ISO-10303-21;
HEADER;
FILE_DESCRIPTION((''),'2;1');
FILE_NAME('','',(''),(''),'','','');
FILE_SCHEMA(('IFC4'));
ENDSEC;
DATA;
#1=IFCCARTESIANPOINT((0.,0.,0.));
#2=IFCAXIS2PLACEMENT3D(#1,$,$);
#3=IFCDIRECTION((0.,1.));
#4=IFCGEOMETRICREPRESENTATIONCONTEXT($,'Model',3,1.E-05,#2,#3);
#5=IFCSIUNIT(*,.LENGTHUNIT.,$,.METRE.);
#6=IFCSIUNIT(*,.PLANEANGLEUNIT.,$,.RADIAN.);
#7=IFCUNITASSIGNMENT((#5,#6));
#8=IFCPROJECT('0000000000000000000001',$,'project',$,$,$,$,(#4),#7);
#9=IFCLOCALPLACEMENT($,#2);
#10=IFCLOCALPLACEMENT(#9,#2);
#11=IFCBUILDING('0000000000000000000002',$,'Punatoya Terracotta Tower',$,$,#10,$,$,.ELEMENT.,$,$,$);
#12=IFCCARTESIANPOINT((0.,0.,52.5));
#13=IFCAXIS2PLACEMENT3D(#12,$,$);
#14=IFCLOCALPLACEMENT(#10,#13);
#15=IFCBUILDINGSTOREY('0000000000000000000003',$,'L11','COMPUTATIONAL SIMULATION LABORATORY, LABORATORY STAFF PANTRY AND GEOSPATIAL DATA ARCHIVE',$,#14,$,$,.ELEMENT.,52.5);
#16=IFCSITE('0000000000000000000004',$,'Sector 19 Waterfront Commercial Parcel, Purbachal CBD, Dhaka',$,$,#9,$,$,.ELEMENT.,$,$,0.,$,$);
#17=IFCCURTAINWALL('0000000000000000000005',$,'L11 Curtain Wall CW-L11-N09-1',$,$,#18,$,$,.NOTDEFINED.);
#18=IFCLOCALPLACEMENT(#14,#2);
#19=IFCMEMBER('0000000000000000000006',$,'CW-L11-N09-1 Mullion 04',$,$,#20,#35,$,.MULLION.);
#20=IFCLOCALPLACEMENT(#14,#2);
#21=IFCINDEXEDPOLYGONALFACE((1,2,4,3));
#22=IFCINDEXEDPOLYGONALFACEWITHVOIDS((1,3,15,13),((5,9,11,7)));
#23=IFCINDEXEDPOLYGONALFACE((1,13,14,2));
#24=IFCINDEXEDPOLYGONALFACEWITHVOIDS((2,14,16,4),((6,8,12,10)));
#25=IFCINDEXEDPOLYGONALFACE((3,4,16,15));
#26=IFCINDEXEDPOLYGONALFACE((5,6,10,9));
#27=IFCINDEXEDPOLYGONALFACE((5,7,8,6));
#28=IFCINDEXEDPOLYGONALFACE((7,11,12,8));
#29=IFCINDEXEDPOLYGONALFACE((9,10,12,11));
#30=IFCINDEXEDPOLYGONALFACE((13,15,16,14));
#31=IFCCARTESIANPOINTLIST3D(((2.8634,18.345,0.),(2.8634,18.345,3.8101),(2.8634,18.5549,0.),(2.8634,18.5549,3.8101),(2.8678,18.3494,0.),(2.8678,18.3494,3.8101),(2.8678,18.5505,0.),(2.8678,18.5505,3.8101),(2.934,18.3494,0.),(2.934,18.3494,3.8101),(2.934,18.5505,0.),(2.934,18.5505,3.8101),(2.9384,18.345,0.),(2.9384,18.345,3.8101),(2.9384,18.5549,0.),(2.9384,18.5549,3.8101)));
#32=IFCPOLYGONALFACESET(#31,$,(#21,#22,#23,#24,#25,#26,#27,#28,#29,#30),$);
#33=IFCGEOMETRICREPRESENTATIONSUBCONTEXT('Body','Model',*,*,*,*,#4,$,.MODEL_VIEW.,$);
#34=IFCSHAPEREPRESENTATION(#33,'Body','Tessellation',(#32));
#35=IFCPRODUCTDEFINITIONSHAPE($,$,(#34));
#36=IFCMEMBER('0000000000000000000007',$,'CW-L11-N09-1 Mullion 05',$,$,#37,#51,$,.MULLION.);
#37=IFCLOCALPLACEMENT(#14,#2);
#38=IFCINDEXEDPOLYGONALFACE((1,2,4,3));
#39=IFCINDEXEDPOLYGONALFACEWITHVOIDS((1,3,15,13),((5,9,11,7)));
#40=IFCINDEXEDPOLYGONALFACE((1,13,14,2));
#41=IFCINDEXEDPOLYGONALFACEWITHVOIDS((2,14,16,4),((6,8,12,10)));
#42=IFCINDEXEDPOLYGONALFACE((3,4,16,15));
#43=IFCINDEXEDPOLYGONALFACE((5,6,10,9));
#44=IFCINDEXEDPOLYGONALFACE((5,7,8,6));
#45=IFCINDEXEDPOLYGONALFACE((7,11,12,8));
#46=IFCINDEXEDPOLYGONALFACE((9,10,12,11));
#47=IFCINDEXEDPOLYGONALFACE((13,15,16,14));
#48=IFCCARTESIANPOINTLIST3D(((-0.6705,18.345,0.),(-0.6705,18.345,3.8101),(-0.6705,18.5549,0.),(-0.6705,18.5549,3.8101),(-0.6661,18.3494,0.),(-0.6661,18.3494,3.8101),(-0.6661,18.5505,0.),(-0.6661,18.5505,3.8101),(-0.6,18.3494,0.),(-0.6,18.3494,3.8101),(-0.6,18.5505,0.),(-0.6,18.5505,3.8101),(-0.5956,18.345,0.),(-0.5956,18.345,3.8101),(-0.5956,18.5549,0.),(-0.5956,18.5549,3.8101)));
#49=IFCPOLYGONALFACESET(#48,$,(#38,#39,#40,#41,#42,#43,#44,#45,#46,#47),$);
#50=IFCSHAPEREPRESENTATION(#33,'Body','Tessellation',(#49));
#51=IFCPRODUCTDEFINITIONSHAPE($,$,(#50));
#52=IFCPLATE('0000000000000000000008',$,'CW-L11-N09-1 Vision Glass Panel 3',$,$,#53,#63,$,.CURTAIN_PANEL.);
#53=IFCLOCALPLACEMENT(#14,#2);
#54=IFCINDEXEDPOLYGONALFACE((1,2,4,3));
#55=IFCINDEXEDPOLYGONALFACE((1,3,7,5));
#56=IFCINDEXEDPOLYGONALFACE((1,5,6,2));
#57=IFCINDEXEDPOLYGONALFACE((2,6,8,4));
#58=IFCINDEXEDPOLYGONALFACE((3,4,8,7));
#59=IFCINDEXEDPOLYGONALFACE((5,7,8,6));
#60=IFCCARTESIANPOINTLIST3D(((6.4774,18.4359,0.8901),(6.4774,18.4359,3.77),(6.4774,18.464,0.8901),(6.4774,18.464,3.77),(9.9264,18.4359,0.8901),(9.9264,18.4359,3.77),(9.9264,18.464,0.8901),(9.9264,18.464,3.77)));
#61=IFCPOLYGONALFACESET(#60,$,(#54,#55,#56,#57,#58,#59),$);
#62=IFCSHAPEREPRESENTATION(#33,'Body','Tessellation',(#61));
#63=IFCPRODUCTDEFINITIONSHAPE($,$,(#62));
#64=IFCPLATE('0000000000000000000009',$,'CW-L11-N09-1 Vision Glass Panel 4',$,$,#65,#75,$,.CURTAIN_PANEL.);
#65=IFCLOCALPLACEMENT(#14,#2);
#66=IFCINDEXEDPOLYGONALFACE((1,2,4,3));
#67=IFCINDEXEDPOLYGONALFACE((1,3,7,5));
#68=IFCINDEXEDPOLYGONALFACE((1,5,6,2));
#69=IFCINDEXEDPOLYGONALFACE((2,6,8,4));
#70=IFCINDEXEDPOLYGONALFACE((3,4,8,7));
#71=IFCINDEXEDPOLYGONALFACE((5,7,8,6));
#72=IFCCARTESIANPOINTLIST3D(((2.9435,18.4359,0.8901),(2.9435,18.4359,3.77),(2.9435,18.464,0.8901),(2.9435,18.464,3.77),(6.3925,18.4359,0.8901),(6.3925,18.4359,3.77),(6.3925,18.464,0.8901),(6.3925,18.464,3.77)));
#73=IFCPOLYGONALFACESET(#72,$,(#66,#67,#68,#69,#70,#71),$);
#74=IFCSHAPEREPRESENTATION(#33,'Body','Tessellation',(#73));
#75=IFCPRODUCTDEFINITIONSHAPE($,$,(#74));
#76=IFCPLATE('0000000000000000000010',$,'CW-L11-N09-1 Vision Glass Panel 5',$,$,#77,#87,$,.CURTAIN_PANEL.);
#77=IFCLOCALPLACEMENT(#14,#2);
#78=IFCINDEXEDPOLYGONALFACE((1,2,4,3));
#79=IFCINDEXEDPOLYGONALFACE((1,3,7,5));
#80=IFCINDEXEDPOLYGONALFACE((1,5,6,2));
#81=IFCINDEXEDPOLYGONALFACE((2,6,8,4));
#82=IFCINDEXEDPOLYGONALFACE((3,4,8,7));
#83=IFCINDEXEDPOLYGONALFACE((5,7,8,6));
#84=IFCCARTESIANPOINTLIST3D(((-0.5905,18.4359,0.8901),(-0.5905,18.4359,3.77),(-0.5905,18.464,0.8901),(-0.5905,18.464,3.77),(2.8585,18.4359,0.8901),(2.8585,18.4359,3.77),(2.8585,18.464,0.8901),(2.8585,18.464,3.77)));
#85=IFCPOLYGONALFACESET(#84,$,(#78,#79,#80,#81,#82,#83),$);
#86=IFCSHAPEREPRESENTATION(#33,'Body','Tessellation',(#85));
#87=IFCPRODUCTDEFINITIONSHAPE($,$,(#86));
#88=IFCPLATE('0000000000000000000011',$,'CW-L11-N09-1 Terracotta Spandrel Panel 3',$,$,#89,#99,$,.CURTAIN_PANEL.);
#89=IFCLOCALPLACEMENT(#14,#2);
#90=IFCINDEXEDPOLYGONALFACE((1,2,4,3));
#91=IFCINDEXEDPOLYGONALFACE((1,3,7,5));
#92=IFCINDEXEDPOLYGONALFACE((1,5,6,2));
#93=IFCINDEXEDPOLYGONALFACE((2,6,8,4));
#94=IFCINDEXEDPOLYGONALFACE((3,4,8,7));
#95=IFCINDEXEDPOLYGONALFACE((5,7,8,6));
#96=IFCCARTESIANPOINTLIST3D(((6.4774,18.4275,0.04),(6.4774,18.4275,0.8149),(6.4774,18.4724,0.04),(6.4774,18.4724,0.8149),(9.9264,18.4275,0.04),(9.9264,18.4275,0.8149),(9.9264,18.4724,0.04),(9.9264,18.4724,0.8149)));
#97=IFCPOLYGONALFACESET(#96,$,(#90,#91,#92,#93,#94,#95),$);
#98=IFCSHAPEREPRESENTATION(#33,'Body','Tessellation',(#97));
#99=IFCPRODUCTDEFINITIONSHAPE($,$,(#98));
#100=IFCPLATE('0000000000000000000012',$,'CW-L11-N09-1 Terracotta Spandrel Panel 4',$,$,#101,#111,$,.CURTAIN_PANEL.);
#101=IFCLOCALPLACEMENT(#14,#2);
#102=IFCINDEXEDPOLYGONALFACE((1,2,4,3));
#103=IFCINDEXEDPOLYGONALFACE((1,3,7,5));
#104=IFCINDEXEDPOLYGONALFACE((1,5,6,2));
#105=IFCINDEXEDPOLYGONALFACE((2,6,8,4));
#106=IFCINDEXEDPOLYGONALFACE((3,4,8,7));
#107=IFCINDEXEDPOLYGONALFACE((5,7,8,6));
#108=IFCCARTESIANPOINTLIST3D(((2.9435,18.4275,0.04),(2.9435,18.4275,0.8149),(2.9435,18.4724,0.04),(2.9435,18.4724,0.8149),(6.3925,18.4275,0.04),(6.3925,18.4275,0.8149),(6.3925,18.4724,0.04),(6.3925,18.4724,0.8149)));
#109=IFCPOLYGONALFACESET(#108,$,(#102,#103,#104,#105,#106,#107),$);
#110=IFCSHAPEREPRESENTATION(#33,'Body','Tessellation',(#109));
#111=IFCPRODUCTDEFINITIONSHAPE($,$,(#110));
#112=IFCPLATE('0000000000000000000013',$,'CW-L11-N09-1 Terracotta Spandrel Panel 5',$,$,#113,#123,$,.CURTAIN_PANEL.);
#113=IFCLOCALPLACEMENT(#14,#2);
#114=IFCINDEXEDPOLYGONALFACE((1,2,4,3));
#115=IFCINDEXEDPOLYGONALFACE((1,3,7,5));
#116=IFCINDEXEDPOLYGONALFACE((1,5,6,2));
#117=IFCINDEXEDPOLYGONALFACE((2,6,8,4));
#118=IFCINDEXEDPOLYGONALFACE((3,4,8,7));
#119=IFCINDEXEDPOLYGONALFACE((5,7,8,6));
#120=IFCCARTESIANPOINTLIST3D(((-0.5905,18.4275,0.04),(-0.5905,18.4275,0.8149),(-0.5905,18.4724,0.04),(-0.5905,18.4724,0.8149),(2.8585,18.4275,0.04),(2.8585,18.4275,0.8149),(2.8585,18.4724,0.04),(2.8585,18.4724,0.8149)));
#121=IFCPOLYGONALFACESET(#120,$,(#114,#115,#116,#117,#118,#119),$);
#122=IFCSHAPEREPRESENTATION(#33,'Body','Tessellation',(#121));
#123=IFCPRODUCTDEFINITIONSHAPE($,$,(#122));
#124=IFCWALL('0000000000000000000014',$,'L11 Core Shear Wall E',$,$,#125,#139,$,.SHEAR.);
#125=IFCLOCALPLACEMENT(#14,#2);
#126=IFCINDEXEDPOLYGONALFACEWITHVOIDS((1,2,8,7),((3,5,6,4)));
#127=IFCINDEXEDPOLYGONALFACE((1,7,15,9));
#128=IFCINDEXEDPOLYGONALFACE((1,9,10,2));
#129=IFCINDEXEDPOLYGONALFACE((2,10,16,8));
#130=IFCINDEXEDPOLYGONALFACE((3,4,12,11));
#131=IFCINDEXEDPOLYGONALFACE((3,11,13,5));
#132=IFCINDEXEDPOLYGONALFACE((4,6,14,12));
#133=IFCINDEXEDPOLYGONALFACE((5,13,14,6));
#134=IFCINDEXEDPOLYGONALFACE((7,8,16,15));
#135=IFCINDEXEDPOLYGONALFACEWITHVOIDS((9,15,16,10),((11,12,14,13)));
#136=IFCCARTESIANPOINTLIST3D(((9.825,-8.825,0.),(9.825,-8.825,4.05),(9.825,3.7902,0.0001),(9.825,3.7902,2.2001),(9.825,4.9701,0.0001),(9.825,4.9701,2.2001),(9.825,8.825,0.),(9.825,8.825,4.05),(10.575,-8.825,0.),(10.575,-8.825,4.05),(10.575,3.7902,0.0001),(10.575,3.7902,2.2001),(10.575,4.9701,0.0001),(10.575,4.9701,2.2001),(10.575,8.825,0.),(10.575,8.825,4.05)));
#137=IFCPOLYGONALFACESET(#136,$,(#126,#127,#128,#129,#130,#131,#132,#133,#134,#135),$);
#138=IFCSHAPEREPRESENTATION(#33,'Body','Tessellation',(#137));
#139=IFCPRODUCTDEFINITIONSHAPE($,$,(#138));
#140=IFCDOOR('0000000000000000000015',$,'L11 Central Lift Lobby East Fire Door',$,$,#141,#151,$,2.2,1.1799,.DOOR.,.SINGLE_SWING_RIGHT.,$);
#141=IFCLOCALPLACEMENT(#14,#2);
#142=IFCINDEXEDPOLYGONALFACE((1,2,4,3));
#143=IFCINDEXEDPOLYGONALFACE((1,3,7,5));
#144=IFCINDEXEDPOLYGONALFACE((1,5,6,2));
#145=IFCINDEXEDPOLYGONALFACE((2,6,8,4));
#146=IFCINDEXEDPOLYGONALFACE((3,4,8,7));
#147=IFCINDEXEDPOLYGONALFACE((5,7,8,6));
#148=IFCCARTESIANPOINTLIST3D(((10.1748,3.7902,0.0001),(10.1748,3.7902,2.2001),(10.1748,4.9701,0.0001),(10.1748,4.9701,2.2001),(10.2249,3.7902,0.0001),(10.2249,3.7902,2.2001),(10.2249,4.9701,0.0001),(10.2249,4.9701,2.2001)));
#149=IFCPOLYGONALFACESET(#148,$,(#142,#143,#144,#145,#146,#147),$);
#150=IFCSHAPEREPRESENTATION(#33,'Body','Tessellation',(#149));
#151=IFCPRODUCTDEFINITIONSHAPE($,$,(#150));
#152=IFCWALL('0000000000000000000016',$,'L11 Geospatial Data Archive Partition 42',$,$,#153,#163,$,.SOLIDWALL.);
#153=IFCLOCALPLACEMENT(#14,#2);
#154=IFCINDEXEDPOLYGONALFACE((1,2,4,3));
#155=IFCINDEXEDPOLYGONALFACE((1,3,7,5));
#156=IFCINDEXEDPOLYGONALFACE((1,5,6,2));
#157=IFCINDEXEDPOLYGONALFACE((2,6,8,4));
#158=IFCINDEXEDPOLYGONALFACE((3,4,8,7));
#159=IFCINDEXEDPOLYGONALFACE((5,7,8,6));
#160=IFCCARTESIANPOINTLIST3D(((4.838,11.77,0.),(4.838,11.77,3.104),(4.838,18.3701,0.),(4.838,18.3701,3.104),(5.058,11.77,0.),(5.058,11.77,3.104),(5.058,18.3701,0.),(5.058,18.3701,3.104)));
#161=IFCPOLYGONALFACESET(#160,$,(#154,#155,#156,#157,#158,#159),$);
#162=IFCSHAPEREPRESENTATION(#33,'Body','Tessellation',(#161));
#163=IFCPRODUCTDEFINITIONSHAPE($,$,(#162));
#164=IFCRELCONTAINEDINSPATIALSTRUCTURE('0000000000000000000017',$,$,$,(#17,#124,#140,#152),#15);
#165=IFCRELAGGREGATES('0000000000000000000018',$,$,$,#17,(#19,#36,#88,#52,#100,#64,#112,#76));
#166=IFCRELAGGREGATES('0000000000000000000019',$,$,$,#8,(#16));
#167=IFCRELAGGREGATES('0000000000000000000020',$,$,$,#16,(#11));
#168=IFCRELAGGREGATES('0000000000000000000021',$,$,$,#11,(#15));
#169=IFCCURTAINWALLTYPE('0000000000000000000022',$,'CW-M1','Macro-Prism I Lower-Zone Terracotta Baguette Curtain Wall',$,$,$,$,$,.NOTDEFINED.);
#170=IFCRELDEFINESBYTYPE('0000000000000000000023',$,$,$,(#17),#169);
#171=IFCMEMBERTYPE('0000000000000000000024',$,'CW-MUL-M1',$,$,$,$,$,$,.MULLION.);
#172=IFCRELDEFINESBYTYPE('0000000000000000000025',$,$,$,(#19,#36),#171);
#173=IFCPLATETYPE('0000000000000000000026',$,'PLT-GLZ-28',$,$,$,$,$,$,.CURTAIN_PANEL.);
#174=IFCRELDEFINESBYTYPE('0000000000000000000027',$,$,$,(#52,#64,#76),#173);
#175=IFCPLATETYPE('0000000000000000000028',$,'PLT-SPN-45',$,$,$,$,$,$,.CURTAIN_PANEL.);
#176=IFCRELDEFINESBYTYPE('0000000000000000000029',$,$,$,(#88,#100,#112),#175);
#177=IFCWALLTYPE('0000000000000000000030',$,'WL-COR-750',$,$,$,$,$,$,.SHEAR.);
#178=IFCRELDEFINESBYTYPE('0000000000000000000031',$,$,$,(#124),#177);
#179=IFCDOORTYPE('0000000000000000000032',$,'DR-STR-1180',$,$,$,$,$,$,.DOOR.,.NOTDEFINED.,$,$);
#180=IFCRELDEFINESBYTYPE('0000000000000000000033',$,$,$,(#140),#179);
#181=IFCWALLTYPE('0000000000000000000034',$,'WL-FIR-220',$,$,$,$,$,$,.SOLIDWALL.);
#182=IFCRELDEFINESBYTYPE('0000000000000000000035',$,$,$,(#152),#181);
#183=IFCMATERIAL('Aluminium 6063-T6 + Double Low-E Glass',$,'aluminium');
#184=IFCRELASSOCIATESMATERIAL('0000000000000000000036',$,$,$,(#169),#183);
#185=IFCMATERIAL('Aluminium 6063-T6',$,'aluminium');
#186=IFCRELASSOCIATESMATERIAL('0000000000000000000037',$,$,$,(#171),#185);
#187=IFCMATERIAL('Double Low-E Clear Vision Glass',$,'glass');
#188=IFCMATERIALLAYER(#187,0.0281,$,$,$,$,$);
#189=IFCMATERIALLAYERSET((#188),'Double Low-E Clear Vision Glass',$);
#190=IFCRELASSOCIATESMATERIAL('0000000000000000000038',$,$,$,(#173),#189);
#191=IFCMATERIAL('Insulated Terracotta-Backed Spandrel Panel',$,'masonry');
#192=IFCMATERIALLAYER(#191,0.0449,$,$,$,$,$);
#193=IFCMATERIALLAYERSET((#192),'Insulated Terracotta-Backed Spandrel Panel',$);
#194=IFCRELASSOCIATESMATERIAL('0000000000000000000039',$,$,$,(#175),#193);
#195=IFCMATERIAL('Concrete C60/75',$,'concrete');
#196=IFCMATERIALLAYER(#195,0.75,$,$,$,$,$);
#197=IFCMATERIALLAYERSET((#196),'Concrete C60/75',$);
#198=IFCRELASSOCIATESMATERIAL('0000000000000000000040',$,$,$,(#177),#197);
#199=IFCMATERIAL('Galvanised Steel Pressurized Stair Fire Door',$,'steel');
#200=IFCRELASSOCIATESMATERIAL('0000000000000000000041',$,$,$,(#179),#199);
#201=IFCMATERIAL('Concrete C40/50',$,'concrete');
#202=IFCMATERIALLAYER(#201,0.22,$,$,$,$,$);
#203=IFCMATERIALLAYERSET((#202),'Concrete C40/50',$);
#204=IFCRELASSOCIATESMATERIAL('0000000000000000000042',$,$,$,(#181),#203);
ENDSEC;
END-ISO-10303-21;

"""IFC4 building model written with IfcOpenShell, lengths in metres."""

from ifc_helpers import new_model, si_unit, direction, frame, frame_2d, origin, origin_2d, place, context, subcontext, project, spatial, rectangle, hollow_rectangle, extrude, material, layer, layer_set, material_profile, profile_set, type_object, element, fill, aggregate, save


model = new_model("IFC4")

# Units and contexts
model_context = context("Model", 3, precision=1e-05, world=origin(), true_north=direction((0.0, 1.0)))
body_context = subcontext(model_context, "Body", "Model", "MODEL_VIEW")
ifc_project = project(units=[si_unit("LENGTHUNIT", "METRE"), si_unit("PLANEANGLEUNIT", "RADIAN")], contexts=[model_context])

# Site, building, storey
site_placement = place(None, origin())
site = spatial("IfcSite", under=ifc_project, at=site_placement, Name="Sector 19 Waterfront Commercial Parcel, Purbachal CBD, Dhaka", CompositionType="ELEMENT", RefElevation=0.0)
building_placement = place(site_placement, origin())
building = spatial("IfcBuilding", under=site, at=building_placement, Name="Punatoya Terracotta Tower", CompositionType="ELEMENT")
storey_placement = place(building_placement, frame((0.0, 0.0, 52.5)))
storey = spatial("IfcBuildingStorey", under=building, at=storey_placement, Name="L11", Description="COMPUTATIONAL SIMULATION LABORATORY, LABORATORY STAFF PANTRY AND GEOSPATIAL DATA ARCHIVE", CompositionType="ELEMENT", Elevation=52.5)

# Curtain wall, members, plates
ifc_material_1 = material(Name="Aluminium 6063-T6 + Double Low-E Glass", Category="aluminium")
curtain_wall_type = type_object("IfcCurtainWallType", Name="CW-M1", Description="Macro-Prism I Lower-Zone Terracotta Baguette Curtain Wall", PredefinedType="NOTDEFINED", material=ifc_material_1)
curtain_wall_placement = place(storey_placement, origin())
curtain_wall = element("IfcCurtainWall", 1, at=curtain_wall_placement, inside=storey, type_object=curtain_wall_type, Name="L11 Curtain Wall CW-L11-N09-1", PredefinedType="NOTDEFINED")
ifc_material_2 = material(Name="Aluminium 6063-T6", Category="aluminium")
ifc_material_profile_1 = material_profile(ifc_material_2, hollow_rectangle(XDim=0.075, YDim=0.21, WallThickness=0.0044, at=origin_2d()))
ifc_profile_set_1 = profile_set([ifc_material_profile_1], Name="Aluminium 6063-T6")
member_type = type_object("IfcMemberType", Name="CW-MUL-M1", PredefinedType="MULLION", material=ifc_profile_set_1)
member_1_placement = place(storey_placement, frame((2.9009, 18.45, 0.0), z_axis=(0.0, 0.0, 1.0), x_axis=(1.0, 0.0, 0.0)))
member_1 = element("IfcMember", 2, at=member_1_placement, type_object=member_type, Name="CW-L11-N09-1 Mullion 04", PredefinedType="MULLION", context=body_context, shape_type="SweptSolid", body=[
    extrude(hollow_rectangle(XDim=0.075, YDim=0.21, WallThickness=0.0044, at=origin_2d()), origin(), (0.0, 0.0, 1.0), 3.8101),
])
member_2_placement = place(storey_placement, frame((-0.6331, 18.45, 0.0), z_axis=(0.0, 0.0, 1.0), x_axis=(1.0, 0.0, 0.0)))
member_2 = element("IfcMember", 3, at=member_2_placement, type_object=member_type, Name="CW-L11-N09-1 Mullion 05", PredefinedType="MULLION", context=body_context, shape_type="SweptSolid", body=[
    extrude(hollow_rectangle(XDim=0.075, YDim=0.21, WallThickness=0.0044, at=origin_2d()), origin(), (0.0, 0.0, 1.0), 3.8101),
])
ifc_material_3 = material(Name="Double Low-E Clear Vision Glass", Category="glass")
ifc_layer_1 = layer(ifc_material_3, 0.0281)
ifc_layer_set_1 = layer_set([ifc_layer_1], Name="Double Low-E Clear Vision Glass")
plate_type_1 = type_object("IfcPlateType", Name="PLT-GLZ-28", PredefinedType="CURTAIN_PANEL", material=ifc_layer_set_1)
plate_1_placement = place(storey_placement, frame((8.2019, 18.45, 0.8901), z_axis=(0.0, 0.0, 1.0), x_axis=(-1.0, 0.0, 0.0)))
plate_1 = element("IfcPlate", 4, at=plate_1_placement, type_object=plate_type_1, Name="CW-L11-N09-1 Vision Glass Panel 3", PredefinedType="CURTAIN_PANEL", context=body_context, shape_type="SweptSolid", body=[
    extrude(rectangle(XDim=3.449, YDim=0.0281, at=origin_2d()), origin(), (0.0, 0.0, 1.0), 2.8799),
])
plate_2_placement = place(storey_placement, frame((4.668, 18.45, 0.8901), z_axis=(0.0, 0.0, 1.0), x_axis=(-1.0, 0.0, 0.0)))
plate_2 = element("IfcPlate", 5, at=plate_2_placement, type_object=plate_type_1, Name="CW-L11-N09-1 Vision Glass Panel 4", PredefinedType="CURTAIN_PANEL", context=body_context, shape_type="SweptSolid", body=[
    extrude(rectangle(XDim=3.449, YDim=0.0281, at=origin_2d()), origin(), (0.0, 0.0, 1.0), 2.8799),
])
plate_3_placement = place(storey_placement, frame((1.134, 18.45, 0.8901), z_axis=(0.0, 0.0, 1.0), x_axis=(-1.0, 0.0, 0.0)))
plate_3 = element("IfcPlate", 6, at=plate_3_placement, type_object=plate_type_1, Name="CW-L11-N09-1 Vision Glass Panel 5", PredefinedType="CURTAIN_PANEL", context=body_context, shape_type="SweptSolid", body=[
    extrude(rectangle(XDim=3.449, YDim=0.0281, at=origin_2d()), origin(), (0.0, 0.0, 1.0), 2.8799),
])
ifc_material_4 = material(Name="Insulated Terracotta-Backed Spandrel Panel", Category="masonry")
ifc_layer_2 = layer(ifc_material_4, 0.0449)
ifc_layer_set_2 = layer_set([ifc_layer_2], Name="Insulated Terracotta-Backed Spandrel Panel")
plate_type_2 = type_object("IfcPlateType", Name="PLT-SPN-45", PredefinedType="CURTAIN_PANEL", material=ifc_layer_set_2)
plate_4_placement = place(storey_placement, frame((8.2019, 18.45, 0.04), z_axis=(0.0, 0.0, 1.0), x_axis=(-1.0, 0.0, 0.0)))
plate_4 = element("IfcPlate", 7, at=plate_4_placement, type_object=plate_type_2, Name="CW-L11-N09-1 Terracotta Spandrel Panel 3", PredefinedType="CURTAIN_PANEL", context=body_context, shape_type="SweptSolid", body=[
    extrude(rectangle(XDim=3.449, YDim=0.0449, at=origin_2d()), origin(), (0.0, 0.0, 1.0), 0.7749),
])
plate_5_placement = place(storey_placement, frame((4.668, 18.45, 0.04), z_axis=(0.0, 0.0, 1.0), x_axis=(-1.0, 0.0, 0.0)))
plate_5 = element("IfcPlate", 8, at=plate_5_placement, type_object=plate_type_2, Name="CW-L11-N09-1 Terracotta Spandrel Panel 4", PredefinedType="CURTAIN_PANEL", context=body_context, shape_type="SweptSolid", body=[
    extrude(rectangle(XDim=3.449, YDim=0.0449, at=origin_2d()), origin(), (0.0, 0.0, 1.0), 0.7749),
])
plate_6_placement = place(storey_placement, frame((1.134, 18.45, 0.04), z_axis=(0.0, 0.0, 1.0), x_axis=(-1.0, 0.0, 0.0)))
plate_6 = element("IfcPlate", 9, at=plate_6_placement, type_object=plate_type_2, Name="CW-L11-N09-1 Terracotta Spandrel Panel 5", PredefinedType="CURTAIN_PANEL", context=body_context, shape_type="SweptSolid", body=[
    extrude(rectangle(XDim=3.449, YDim=0.0449, at=origin_2d()), origin(), (0.0, 0.0, 1.0), 0.7749),
])
aggregate(curtain_wall, [member_1, member_2, plate_4, plate_1, plate_5, plate_2, plate_6, plate_3])

# Wall, opening, door
ifc_material_5 = material(Name="Concrete C60/75", Category="concrete")
ifc_layer_3 = layer(ifc_material_5, 0.75)
ifc_layer_set_3 = layer_set([ifc_layer_3], Name="Concrete C60/75")
wall_type_1 = type_object("IfcWallType", Name="WL-COR-750", PredefinedType="SHEAR", material=ifc_layer_set_3)
wall_1_placement = place(storey_placement, frame((10.2, 8.825, 0.0), z_axis=(0.0, 0.0, 1.0), x_axis=(0.0, -1.0, 0.0)))
wall_1 = element("IfcWall", 10, at=wall_1_placement, inside=storey, type_object=wall_type_1, Name="L11 Core Shear Wall E", PredefinedType="SHEAR", context=body_context, shape_type="SweptSolid", body=[
    extrude(rectangle(XDim=17.6499, YDim=0.75, at=frame_2d((8.825, 0.0))), origin(), (0.0, 0.0, 1.0), 4.05),
])
opening_1_placement = place(wall_1_placement, frame((3.855, 0.0, 0.0)))
opening_1 = element("IfcOpeningElement", 11, at=opening_1_placement, cuts=wall_1, PredefinedType="OPENING", context=body_context, shape_type="SweptSolid", body=[
    extrude(rectangle(XDim=1.1799, YDim=2.2, at=frame_2d((0.5898, 1.1001))), frame((0.0, 0.385, 0.0), z_axis=(0.0, -1.0, 0.0), x_axis=(1.0, 0.0, 0.0)), (0.0, 0.0, 1.0), 0.77),
])
ifc_material_6 = material(Name="Galvanised Steel Pressurized Stair Fire Door", Category="steel")
door_type_1 = type_object("IfcDoorType", Name="DR-STR-1180", OperationType="NOTDEFINED", PredefinedType="DOOR", material=ifc_material_6)
door_1_placement = place(opening_1_placement, origin())
door_1 = element("IfcDoor", 12, at=door_1_placement, inside=storey, type_object=door_type_1, Name="L11 Central Lift Lobby East Fire Door", OperationType="SINGLE_SWING_RIGHT", OverallHeight=2.2, OverallWidth=1.1799, PredefinedType="DOOR", context=body_context, shape_type="SweptSolid", body=[
    extrude(rectangle(XDim=1.1799, YDim=2.2, at=frame_2d((0.5898, 1.1001))), frame((0.0, 0.0249, 0.0), z_axis=(0.0, -1.0, 0.0), x_axis=(1.0, 0.0, 0.0)), (0.0, 0.0, 1.0), 0.05),
])
fill(opening_1, door_1)

# Wall
ifc_material_7 = material(Name="Concrete C40/50", Category="concrete")
ifc_layer_4 = layer(ifc_material_7, 0.22)
ifc_layer_set_4 = layer_set([ifc_layer_4], Name="Concrete C40/50")
wall_type_2 = type_object("IfcWallType", Name="WL-FIR-220", PredefinedType="SOLIDWALL", material=ifc_layer_set_4)
wall_2_placement = place(storey_placement, frame((4.948, 18.3701, 0.0), z_axis=(0.0, 0.0, 1.0), x_axis=(0.0, -1.0, 0.0)))
element("IfcWall", 13, at=wall_2_placement, inside=storey, type_object=wall_type_2, Name="L11 Geospatial Data Archive Partition 42", PredefinedType="SOLIDWALL", context=body_context, shape_type="SweptSolid", body=[
    extrude(rectangle(XDim=6.6001, YDim=0.22, at=frame_2d((3.3, 0.0))), origin(), (0.0, 0.0, 1.0), 3.104),
])

save(model, "model.ifc")
